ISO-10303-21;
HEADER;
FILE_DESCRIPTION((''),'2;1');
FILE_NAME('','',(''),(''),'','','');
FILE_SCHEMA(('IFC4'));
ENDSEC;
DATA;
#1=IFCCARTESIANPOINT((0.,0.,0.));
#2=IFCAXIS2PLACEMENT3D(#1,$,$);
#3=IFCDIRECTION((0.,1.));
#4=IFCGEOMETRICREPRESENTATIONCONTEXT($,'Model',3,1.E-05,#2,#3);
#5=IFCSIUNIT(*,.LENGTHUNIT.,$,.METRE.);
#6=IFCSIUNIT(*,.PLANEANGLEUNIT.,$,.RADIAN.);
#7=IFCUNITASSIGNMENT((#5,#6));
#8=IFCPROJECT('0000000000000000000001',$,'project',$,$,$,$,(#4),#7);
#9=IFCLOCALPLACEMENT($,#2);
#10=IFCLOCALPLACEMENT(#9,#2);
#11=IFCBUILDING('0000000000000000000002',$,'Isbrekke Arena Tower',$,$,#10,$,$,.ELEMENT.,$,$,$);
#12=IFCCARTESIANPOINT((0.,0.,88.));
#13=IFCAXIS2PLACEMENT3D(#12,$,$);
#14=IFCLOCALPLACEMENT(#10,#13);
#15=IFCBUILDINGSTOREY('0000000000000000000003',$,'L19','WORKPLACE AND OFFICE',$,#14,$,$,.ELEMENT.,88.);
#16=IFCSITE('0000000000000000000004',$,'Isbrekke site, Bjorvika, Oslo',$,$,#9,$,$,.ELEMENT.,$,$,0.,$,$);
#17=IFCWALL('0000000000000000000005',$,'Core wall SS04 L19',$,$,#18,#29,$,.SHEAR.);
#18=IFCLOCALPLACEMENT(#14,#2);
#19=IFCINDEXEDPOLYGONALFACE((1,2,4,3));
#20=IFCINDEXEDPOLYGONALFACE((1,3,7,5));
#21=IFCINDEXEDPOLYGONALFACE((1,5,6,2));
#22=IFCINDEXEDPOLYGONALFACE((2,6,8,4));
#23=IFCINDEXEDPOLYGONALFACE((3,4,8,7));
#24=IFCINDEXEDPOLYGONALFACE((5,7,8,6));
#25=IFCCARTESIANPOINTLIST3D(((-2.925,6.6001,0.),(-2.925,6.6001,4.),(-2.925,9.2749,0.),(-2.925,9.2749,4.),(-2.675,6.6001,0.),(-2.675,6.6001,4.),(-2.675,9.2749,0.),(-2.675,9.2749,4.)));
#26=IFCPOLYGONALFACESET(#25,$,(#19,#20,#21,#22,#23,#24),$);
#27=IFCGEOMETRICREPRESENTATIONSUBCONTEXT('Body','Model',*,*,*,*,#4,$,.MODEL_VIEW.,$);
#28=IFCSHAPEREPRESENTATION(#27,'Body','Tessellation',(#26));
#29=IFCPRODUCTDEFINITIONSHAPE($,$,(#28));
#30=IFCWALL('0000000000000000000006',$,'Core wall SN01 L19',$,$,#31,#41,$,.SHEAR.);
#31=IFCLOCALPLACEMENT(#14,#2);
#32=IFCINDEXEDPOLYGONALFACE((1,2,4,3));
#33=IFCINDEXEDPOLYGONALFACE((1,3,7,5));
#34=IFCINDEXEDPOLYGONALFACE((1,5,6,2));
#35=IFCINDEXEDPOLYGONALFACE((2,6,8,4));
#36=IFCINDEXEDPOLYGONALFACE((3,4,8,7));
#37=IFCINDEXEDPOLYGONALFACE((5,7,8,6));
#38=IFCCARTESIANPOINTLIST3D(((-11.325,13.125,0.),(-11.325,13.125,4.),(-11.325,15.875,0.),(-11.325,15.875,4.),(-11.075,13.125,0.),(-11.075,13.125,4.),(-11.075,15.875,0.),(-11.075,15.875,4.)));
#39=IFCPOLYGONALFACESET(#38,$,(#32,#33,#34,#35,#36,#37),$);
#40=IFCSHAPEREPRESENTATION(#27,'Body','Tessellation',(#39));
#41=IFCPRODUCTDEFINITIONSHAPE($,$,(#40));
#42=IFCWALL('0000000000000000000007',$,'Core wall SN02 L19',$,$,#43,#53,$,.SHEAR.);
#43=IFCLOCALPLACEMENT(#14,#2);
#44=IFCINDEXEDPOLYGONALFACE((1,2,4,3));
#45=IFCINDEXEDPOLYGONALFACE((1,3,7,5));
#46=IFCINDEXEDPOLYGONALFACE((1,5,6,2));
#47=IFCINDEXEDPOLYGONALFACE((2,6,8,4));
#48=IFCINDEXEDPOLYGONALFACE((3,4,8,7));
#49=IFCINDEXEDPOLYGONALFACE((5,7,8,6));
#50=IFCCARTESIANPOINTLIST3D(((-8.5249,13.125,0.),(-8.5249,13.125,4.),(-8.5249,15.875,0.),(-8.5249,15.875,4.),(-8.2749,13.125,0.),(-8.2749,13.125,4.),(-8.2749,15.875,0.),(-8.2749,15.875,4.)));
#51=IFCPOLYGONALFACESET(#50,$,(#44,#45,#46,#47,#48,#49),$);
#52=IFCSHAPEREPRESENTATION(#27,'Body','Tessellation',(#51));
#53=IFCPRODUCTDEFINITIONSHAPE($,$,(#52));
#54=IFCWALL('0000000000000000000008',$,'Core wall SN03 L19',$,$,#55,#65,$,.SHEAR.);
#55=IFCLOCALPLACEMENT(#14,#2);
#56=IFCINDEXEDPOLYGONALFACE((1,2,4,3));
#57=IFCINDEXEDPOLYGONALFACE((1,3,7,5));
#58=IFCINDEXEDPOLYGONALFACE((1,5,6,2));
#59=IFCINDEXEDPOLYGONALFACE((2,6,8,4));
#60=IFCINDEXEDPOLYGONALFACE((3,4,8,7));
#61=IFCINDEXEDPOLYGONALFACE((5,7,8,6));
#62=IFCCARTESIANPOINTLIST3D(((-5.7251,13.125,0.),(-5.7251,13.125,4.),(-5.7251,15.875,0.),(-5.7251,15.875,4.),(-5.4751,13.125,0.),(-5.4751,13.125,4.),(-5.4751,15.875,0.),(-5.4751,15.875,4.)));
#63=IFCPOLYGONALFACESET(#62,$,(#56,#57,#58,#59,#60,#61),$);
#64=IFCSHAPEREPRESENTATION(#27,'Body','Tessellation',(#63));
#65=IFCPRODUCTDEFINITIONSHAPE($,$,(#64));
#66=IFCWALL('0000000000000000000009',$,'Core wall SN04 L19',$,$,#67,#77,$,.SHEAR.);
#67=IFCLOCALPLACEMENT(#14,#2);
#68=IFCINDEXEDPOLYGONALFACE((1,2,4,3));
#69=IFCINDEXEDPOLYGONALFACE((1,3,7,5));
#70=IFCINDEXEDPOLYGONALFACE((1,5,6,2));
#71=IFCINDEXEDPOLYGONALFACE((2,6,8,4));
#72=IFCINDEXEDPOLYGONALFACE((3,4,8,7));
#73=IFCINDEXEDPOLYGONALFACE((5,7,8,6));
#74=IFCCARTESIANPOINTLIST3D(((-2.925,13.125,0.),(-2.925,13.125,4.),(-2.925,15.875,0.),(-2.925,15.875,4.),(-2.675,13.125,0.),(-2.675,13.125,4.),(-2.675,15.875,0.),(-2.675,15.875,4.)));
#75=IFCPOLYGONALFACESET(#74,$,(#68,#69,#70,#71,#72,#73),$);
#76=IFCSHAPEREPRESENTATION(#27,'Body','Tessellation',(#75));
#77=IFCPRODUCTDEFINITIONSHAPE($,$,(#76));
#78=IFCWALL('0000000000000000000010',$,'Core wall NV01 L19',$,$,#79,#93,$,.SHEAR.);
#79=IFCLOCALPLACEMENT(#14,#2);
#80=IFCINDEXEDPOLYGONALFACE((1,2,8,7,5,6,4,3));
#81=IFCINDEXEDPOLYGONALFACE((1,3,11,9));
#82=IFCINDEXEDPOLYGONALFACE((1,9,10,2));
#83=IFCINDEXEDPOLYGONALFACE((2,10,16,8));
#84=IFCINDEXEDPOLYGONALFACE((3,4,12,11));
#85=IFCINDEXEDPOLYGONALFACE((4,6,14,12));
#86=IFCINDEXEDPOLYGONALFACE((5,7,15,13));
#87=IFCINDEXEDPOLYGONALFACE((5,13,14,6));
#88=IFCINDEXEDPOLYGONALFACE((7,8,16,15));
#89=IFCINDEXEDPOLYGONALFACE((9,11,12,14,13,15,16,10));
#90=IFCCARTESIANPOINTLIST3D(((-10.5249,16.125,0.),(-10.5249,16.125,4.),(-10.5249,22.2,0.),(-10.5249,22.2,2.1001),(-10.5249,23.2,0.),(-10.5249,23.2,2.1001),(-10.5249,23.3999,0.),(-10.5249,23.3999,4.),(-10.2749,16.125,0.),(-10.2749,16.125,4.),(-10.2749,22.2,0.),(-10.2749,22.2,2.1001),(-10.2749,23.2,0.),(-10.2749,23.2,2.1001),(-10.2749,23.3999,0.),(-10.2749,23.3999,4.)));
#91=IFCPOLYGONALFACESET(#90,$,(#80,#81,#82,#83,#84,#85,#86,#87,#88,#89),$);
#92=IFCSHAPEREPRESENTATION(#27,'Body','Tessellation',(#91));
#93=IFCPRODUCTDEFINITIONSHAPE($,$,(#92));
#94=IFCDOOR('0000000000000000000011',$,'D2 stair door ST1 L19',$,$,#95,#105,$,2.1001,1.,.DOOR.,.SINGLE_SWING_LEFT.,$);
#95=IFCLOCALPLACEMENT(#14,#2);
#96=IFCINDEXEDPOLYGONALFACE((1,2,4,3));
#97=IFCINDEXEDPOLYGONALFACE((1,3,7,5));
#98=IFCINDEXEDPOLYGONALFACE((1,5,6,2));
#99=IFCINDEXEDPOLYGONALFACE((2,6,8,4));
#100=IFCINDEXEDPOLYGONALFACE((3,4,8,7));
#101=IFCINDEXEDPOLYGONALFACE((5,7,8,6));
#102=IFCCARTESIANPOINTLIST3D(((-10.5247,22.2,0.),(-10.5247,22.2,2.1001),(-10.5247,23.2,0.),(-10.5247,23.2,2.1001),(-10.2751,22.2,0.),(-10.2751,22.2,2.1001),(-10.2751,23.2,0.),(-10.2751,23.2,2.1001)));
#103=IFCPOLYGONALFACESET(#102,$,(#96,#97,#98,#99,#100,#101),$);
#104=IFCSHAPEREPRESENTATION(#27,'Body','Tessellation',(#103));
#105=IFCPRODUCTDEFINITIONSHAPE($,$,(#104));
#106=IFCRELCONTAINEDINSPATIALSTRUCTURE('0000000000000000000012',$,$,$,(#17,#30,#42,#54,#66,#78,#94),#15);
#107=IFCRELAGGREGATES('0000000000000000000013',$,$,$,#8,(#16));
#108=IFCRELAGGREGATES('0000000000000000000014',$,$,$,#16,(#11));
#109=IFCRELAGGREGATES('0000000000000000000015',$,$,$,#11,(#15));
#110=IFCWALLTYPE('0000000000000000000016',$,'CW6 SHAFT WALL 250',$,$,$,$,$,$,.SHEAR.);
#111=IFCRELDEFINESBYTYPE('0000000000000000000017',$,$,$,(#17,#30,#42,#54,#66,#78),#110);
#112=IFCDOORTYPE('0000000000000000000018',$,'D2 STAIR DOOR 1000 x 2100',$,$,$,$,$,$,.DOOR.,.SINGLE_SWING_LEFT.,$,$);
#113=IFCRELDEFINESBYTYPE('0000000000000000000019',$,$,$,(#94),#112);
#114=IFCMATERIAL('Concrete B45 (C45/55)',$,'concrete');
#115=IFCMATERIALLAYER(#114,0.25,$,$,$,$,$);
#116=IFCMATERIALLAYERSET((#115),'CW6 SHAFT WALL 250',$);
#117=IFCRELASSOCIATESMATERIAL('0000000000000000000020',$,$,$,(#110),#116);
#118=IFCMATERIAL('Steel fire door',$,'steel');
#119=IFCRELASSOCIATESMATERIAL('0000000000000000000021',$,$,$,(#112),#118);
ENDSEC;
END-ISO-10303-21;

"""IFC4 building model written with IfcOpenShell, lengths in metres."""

from ifc_helpers import new_model, si_unit, direction, frame, frame_2d, origin, place, context, subcontext, project, spatial, rectangle, extrude, material, layer, layer_set, type_object, element, fill, save


model = new_model("IFC4")

# Units and contexts
model_context = context("Model", 3, precision=1e-05, world=origin(), true_north=direction((0.0, 1.0)))
body_context = subcontext(model_context, "Body", "Model", "MODEL_VIEW")
ifc_project = project(units=[si_unit("LENGTHUNIT", "METRE"), si_unit("PLANEANGLEUNIT", "RADIAN")], contexts=[model_context])

# Site, building, storey
site_placement = place(None, origin())
site = spatial("IfcSite", under=ifc_project, at=site_placement, Name="Isbrekke site, Bjorvika, Oslo", CompositionType="ELEMENT", RefElevation=0.0)
building_placement = place(site_placement, origin())
building = spatial("IfcBuilding", under=site, at=building_placement, Name="Isbrekke Arena Tower", CompositionType="ELEMENT")
storey_placement = place(building_placement, frame((0.0, 0.0, 88.0)))
storey = spatial("IfcBuildingStorey", under=building, at=storey_placement, Name="L19", Description="WORKPLACE AND OFFICE", CompositionType="ELEMENT", Elevation=88.0)

# Shared definitions
ifc_material_1 = material(Name="Concrete B45 (C45/55)", Category="concrete")
ifc_layer_1 = layer(ifc_material_1, 0.25)
ifc_layer_set_1 = layer_set([ifc_layer_1], Name="CW6 SHAFT WALL 250")
wall_type_1 = type_object("IfcWallType", Name="CW6 SHAFT WALL 250", PredefinedType="SHEAR", material=ifc_layer_set_1)

# Walls
for number, where, z_axis, x_axis, name in (
    (1, (-2.8, 6.6001, 0.0), (0.0, 0.0, 1.0), (0.0, 1.0, 0.0), "Core wall SS04 L19"),
):
    element("IfcWall", number, at=place(storey_placement, frame(where, z_axis=z_axis, x_axis=x_axis)), inside=storey, type_object=wall_type_1, Name=name, PredefinedType="SHEAR", context=body_context, shape_type="SweptSolid", body=[
        extrude(rectangle(XDim=2.6748, YDim=0.25, at=frame_2d((1.3374, 0.0))), origin(), (0.0, 0.0, 1.0), 4.0),
    ])
for number, where, z_axis, x_axis, name in (
    (2, (-11.2, 13.125, 0.0), (0.0, 0.0, 1.0), (0.0, 1.0, 0.0), "Core wall SN01 L19"),
    (3, (-8.3999, 13.125, 0.0), (0.0, 0.0, 1.0), (0.0, 1.0, 0.0), "Core wall SN02 L19"),
    (4, (-5.6001, 13.125, 0.0), (0.0, 0.0, 1.0), (0.0, 1.0, 0.0), "Core wall SN03 L19"),
    (5, (-2.8, 13.125, 0.0), (0.0, 0.0, 1.0), (0.0, 1.0, 0.0), "Core wall SN04 L19"),
):
    element("IfcWall", number, at=place(storey_placement, frame(where, z_axis=z_axis, x_axis=x_axis)), inside=storey, type_object=wall_type_1, Name=name, PredefinedType="SHEAR", context=body_context, shape_type="SweptSolid", body=[
        extrude(rectangle(XDim=2.75, YDim=0.25, at=frame_2d((1.375, 0.0))), origin(), (0.0, 0.0, 1.0), 4.0),
    ])

# Wall, opening, door
wall_1_placement = place(storey_placement, frame((-10.3999, 16.125, 0.0), z_axis=(0.0, 0.0, 1.0), x_axis=(0.0, 1.0, 0.0)))
wall_1 = element("IfcWall", 6, at=wall_1_placement, inside=storey, type_object=wall_type_1, Name="Core wall NV01 L19", PredefinedType="SHEAR", context=body_context, shape_type="SweptSolid", body=[
    extrude(rectangle(XDim=7.2749, YDim=0.25, at=frame_2d((3.6375, 0.0))), origin(), (0.0, 0.0, 1.0), 4.0),
])
opening_1_placement = place(wall_1_placement, frame((6.075, 0.0, 0.0)))
opening_1 = element("IfcOpeningElement", 7, at=opening_1_placement, cuts=wall_1, PredefinedType="OPENING", context=body_context, shape_type="SweptSolid", body=[
    extrude(rectangle(XDim=1.0, YDim=2.1001, at=frame_2d((0.5, 1.05))), frame((0.0, 0.1399, 0.0), z_axis=(0.0, -1.0, 0.0), x_axis=(1.0, 0.0, 0.0)), (0.0, 0.0, 1.0), 0.2798),
])
ifc_material_2 = material(Name="Steel fire door", Category="steel")
door_type_1 = type_object("IfcDoorType", Name="D2 STAIR DOOR 1000 x 2100", OperationType="SINGLE_SWING_LEFT", PredefinedType="DOOR", material=ifc_material_2)
door_1_placement = place(opening_1_placement, origin())
door_1 = element("IfcDoor", 8, at=door_1_placement, inside=storey, type_object=door_type_1, Name="D2 stair door ST1 L19", OperationType="SINGLE_SWING_LEFT", OverallHeight=2.1001, OverallWidth=1.0, PredefinedType="DOOR", context=body_context, shape_type="SweptSolid", body=[
    extrude(rectangle(XDim=1.0, YDim=2.1001, at=frame_2d((0.5, 1.05))), frame((0.0, 0.1248, 0.0), z_axis=(0.0, -1.0, 0.0), x_axis=(1.0, 0.0, 0.0)), (0.0, 0.0, 1.0), 0.2495),
])
fill(opening_1, door_1)

save(model, "model.ifc")
